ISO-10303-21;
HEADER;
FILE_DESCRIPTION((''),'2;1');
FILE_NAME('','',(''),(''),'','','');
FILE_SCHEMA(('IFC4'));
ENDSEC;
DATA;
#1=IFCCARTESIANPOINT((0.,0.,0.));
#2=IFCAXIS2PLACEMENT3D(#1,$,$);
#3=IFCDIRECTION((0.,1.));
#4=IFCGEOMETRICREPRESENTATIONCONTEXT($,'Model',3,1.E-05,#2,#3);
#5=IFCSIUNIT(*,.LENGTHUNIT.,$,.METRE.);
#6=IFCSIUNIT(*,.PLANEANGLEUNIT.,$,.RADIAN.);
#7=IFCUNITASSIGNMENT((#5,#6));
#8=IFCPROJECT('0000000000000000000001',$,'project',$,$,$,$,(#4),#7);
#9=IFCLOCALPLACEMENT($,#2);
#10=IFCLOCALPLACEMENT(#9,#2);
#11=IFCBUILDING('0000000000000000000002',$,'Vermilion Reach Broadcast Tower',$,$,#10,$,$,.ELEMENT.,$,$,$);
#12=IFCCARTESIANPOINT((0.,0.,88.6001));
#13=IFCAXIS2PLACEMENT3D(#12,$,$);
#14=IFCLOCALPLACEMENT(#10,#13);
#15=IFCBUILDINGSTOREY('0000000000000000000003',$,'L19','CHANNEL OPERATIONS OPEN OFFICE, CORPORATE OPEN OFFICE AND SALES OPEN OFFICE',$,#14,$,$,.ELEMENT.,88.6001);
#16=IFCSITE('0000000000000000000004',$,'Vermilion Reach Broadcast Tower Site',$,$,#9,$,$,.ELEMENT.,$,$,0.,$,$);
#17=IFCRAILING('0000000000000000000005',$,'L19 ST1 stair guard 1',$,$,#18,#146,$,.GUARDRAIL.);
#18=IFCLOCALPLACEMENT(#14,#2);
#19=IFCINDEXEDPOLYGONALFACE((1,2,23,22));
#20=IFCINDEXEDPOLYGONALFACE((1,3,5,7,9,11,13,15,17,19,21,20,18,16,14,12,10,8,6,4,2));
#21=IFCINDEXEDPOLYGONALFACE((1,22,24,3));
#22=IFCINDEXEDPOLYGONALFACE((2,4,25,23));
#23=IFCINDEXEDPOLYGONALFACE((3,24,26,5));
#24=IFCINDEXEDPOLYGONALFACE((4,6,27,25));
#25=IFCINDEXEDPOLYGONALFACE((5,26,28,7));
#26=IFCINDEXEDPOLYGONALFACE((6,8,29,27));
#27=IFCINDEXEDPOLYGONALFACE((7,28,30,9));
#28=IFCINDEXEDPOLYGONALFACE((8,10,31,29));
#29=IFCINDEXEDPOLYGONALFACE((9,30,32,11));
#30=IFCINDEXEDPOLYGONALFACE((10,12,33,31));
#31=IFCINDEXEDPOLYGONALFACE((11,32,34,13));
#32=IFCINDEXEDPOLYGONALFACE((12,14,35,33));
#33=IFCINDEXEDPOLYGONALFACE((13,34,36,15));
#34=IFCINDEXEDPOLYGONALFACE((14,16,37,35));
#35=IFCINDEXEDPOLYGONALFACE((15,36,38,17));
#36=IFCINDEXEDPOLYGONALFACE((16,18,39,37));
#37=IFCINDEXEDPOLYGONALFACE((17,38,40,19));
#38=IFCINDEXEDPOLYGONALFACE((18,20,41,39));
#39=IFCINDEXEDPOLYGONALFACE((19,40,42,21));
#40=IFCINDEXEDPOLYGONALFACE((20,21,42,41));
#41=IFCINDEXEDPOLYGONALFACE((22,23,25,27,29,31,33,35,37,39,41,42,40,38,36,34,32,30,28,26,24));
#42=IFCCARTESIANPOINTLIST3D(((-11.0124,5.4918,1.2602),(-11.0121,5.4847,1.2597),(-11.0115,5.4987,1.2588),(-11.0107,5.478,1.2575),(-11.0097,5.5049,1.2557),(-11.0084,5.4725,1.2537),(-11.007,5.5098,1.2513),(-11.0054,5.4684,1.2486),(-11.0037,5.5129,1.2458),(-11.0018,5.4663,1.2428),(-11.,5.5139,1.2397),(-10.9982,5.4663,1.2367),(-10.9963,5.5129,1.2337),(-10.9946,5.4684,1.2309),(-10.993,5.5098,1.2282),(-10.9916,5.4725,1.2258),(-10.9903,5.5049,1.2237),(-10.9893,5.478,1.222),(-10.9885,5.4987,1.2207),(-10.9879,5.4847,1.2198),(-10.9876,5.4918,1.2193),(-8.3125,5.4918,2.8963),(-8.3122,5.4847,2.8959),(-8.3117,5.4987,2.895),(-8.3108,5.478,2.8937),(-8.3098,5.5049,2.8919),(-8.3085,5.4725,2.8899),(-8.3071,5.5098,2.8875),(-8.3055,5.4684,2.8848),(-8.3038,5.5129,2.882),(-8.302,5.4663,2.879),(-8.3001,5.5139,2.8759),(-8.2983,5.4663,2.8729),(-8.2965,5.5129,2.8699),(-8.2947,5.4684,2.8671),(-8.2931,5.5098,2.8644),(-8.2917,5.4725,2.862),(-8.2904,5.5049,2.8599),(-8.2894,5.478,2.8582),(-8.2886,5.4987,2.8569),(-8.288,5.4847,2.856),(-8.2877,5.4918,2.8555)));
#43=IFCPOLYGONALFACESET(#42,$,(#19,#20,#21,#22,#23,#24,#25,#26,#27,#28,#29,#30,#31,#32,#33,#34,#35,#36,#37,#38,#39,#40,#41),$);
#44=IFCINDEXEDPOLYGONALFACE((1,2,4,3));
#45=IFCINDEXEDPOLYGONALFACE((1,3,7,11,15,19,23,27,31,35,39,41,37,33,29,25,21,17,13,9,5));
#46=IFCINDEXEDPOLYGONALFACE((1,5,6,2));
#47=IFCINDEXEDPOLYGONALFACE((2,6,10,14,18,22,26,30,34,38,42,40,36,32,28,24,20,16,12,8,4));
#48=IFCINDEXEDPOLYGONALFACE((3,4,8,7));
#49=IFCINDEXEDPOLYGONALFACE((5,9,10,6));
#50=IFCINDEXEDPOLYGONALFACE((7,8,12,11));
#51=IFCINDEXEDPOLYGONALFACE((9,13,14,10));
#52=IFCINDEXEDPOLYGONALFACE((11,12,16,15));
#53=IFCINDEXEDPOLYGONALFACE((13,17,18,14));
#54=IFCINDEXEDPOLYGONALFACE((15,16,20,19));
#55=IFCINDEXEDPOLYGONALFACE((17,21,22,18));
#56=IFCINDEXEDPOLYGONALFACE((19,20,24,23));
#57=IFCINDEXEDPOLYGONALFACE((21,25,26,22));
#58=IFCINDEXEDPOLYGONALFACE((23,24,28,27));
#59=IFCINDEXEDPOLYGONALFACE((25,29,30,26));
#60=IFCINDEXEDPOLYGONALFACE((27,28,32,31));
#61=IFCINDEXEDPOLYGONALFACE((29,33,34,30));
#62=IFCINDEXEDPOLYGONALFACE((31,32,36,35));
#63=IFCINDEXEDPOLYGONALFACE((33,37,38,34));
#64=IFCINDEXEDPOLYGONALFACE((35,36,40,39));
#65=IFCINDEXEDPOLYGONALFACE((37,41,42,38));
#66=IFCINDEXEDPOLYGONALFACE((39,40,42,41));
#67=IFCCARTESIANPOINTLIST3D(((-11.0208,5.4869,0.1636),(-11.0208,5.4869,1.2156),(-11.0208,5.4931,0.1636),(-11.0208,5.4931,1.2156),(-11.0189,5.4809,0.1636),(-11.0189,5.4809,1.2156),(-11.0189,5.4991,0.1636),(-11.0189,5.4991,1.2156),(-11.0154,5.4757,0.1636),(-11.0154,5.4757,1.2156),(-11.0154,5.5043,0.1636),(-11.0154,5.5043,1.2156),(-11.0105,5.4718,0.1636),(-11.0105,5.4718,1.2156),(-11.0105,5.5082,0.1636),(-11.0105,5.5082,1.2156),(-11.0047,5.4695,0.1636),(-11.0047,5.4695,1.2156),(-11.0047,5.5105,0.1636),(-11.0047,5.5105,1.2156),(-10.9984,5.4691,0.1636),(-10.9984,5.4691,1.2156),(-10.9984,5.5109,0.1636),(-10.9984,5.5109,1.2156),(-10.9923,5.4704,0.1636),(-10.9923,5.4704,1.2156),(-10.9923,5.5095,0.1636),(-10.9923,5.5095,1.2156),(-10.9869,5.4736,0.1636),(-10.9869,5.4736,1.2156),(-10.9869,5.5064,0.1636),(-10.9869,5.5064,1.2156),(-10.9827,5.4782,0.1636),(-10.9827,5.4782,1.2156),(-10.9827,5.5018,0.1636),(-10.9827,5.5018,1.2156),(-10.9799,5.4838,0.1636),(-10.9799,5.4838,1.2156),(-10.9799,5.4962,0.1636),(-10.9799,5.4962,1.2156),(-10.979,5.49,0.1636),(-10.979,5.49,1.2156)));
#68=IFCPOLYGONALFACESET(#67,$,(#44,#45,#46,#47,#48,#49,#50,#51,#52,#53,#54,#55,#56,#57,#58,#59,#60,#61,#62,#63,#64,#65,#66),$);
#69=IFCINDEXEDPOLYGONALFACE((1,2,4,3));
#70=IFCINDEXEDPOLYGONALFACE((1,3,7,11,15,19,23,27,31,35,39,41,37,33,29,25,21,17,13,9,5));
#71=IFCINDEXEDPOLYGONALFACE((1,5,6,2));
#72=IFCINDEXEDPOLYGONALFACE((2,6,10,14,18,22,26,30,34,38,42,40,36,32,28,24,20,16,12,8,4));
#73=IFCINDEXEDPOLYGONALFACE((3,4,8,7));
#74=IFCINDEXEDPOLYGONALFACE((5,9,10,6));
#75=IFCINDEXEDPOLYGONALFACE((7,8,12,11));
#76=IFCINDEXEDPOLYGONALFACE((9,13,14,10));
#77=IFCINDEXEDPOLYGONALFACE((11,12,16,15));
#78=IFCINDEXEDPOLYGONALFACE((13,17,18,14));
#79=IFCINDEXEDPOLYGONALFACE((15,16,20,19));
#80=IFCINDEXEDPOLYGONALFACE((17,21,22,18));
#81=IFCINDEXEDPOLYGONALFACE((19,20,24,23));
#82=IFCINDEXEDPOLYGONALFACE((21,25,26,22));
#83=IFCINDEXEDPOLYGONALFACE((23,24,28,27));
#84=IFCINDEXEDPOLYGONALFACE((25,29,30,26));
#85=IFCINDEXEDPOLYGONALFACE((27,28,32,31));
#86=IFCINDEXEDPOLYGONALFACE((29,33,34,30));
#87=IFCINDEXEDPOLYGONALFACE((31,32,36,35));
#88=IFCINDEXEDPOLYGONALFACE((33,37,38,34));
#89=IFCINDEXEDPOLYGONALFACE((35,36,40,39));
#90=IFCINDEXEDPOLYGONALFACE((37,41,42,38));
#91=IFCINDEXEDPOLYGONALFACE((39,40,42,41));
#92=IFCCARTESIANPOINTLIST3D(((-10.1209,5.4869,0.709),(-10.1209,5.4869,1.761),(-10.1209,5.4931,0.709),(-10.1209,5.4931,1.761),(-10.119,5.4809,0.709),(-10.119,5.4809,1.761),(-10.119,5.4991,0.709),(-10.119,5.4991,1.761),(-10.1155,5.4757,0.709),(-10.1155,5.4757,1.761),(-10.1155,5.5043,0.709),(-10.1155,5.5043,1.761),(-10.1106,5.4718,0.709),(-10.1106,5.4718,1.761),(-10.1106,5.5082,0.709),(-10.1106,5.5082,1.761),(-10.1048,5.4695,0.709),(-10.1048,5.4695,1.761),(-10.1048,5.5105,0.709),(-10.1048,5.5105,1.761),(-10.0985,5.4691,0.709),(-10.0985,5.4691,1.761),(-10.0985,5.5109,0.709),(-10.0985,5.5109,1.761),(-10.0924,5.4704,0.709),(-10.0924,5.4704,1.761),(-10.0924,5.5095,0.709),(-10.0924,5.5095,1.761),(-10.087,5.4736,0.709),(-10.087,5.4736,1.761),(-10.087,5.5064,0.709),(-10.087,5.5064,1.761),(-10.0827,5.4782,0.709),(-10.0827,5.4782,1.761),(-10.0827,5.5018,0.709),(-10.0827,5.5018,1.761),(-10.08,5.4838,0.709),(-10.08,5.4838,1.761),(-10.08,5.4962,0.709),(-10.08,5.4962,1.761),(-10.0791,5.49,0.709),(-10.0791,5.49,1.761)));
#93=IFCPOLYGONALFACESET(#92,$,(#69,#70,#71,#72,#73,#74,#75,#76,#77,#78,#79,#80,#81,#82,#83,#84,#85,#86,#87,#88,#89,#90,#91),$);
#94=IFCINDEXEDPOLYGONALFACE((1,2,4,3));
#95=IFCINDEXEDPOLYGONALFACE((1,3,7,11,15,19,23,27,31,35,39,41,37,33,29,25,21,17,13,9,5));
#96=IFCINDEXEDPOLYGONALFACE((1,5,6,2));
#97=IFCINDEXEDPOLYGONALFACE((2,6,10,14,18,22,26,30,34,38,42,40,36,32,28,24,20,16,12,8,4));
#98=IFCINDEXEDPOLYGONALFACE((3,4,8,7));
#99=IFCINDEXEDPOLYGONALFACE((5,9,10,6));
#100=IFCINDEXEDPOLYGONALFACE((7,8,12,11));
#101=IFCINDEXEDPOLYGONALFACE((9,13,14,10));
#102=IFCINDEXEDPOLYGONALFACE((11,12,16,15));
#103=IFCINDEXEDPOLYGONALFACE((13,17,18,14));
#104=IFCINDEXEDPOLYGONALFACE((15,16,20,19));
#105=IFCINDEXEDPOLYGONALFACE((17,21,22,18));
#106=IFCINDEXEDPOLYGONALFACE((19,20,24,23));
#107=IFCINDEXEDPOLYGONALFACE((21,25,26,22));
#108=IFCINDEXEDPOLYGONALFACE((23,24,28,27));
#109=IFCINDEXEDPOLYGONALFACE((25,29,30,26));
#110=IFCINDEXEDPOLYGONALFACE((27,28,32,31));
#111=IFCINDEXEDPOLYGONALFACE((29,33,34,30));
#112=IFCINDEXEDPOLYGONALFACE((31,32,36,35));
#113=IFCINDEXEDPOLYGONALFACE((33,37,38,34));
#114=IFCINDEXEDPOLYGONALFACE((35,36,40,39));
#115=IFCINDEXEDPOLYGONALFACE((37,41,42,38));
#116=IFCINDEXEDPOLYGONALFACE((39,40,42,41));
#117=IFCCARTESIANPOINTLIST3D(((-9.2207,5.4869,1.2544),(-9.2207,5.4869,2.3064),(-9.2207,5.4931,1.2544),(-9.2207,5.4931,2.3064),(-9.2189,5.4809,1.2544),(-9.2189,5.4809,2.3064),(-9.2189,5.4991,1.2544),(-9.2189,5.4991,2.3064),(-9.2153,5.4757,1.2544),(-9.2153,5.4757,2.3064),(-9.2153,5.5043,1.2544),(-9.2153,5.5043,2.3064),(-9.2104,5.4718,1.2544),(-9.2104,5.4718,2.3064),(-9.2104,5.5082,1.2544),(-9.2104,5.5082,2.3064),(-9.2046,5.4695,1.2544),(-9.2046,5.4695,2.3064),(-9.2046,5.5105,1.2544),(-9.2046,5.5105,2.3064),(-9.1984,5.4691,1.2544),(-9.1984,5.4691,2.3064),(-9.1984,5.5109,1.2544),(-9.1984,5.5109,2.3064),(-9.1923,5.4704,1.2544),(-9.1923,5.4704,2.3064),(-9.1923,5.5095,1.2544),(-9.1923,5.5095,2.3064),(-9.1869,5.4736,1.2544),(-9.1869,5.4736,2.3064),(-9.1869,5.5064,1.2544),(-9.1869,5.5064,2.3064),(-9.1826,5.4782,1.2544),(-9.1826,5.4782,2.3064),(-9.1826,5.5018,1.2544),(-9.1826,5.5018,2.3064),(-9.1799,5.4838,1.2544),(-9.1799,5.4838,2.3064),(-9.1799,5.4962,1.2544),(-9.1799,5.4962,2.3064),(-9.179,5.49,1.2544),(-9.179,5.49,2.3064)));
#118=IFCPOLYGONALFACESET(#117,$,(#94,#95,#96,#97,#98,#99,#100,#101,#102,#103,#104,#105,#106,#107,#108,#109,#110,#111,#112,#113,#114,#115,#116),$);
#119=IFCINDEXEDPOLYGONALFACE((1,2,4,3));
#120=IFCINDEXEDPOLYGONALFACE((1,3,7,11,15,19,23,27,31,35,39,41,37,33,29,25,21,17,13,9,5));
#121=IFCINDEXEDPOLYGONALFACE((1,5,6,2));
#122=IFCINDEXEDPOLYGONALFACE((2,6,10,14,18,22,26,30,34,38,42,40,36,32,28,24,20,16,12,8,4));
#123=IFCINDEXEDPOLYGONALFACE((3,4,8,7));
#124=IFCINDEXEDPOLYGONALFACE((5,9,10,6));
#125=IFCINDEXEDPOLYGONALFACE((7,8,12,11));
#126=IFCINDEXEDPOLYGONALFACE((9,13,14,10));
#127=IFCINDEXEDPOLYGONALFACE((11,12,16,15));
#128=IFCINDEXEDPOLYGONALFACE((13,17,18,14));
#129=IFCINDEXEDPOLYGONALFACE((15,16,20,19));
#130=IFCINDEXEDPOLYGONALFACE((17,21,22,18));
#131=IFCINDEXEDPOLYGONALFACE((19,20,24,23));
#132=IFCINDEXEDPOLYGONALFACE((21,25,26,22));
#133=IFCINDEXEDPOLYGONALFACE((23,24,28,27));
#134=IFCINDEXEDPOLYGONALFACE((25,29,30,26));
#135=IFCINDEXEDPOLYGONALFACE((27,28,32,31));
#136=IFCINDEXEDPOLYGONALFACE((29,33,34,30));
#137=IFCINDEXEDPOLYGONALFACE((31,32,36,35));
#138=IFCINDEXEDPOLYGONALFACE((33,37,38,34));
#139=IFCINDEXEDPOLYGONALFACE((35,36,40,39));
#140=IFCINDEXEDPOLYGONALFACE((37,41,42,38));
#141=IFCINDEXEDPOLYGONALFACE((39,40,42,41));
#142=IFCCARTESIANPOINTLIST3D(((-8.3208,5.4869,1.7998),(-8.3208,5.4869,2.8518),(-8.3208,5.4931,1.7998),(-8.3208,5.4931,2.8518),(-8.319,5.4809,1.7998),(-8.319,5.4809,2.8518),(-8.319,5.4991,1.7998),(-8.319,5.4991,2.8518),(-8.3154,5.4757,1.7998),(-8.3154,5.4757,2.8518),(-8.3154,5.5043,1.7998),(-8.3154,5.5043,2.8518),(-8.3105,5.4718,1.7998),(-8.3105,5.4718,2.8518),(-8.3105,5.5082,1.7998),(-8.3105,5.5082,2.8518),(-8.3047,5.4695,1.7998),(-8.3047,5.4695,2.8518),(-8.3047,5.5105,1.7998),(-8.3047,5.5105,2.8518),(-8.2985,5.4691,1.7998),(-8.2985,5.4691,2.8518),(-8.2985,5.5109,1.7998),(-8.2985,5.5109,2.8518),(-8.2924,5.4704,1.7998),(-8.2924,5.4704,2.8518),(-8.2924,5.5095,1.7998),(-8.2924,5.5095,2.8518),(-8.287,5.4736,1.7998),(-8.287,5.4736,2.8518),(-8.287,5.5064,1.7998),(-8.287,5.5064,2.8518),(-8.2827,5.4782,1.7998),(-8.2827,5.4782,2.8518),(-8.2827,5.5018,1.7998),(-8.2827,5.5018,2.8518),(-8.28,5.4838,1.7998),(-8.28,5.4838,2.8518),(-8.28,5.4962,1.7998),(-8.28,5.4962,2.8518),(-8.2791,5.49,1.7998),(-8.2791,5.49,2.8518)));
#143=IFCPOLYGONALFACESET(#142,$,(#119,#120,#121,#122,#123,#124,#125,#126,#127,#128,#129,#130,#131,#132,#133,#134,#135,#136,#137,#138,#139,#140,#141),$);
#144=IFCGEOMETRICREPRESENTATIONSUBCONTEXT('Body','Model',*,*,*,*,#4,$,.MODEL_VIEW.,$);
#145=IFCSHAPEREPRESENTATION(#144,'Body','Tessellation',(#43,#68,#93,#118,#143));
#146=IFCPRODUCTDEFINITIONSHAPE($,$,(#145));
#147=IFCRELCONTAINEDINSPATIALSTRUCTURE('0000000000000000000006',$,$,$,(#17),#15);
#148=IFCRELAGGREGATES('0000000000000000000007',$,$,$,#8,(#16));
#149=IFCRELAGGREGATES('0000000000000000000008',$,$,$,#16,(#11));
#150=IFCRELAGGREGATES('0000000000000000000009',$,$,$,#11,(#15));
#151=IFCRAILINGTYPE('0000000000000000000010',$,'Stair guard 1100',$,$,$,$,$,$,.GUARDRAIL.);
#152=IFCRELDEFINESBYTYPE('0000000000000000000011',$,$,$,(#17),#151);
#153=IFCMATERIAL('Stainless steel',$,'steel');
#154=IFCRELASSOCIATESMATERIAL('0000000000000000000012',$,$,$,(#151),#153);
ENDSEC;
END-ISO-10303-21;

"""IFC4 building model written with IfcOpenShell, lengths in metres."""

from ifc_helpers import new_model, si_unit, direction, frame, origin, origin_2d, place, context, subcontext, project, spatial, circle, extrude, material, type_object, element, save


model = new_model("IFC4")

# Units and contexts
model_context = context("Model", 3, precision=1e-05, world=origin(), true_north=direction((0.0, 1.0)))
body_context = subcontext(model_context, "Body", "Model", "MODEL_VIEW")
ifc_project = project(units=[si_unit("LENGTHUNIT", "METRE"), si_unit("PLANEANGLEUNIT", "RADIAN")], contexts=[model_context])

# Site, building, storey
site_placement = place(None, origin())
site = spatial("IfcSite", under=ifc_project, at=site_placement, Name="Vermilion Reach Broadcast Tower Site", CompositionType="ELEMENT", RefElevation=0.0)
building_placement = place(site_placement, origin())
building = spatial("IfcBuilding", under=site, at=building_placement, Name="Vermilion Reach Broadcast Tower", CompositionType="ELEMENT")
storey_placement = place(building_placement, frame((0.0, 0.0, 88.6001)))
storey = spatial("IfcBuildingStorey", under=building, at=storey_placement, Name="L19", Description="CHANNEL OPERATIONS OPEN OFFICE, CORPORATE OPEN OFFICE AND SALES OPEN OFFICE", CompositionType="ELEMENT", Elevation=88.6001)

# Railing
ifc_material_1 = material(Name="Stainless steel", Category="steel")
railing_type_1 = type_object("IfcRailingType", Name="Stair guard 1100", PredefinedType="GUARDRAIL", material=ifc_material_1)
railing_1_placement = place(storey_placement, frame((-11.0, 5.49, 0.1636)))
element("IfcRailing", 1, at=railing_1_placement, inside=storey, type_object=railing_type_1, Name="L19 ST1 stair guard 1", PredefinedType="GUARDRAIL", context=body_context, shape_type="SweptSolid", body=[
    extrude(circle(Radius=0.0239, at=origin_2d()), frame((0.0, 0.0, 1.0762), z_axis=(0.855212, 0.0, 0.518278), x_axis=(0.0, 1.0, 0.0)), (0.0, 0.0, 1.0), 3.157),
    extrude(circle(Radius=0.021, at=origin_2d()), origin(), (0.0, 0.0, 1.0), 1.052),
    extrude(circle(Radius=0.021, at=origin_2d()), frame((0.8999, 0.0, 0.5454)), (0.0, 0.0, 1.0), 1.052),
    extrude(circle(Radius=0.021, at=origin_2d()), frame((1.8, 0.0, 1.0908)), (0.0, 0.0, 1.0), 1.052),
    extrude(circle(Radius=0.021, at=origin_2d()), frame((2.7, 0.0, 1.6362)), (0.0, 0.0, 1.0), 1.052),
])

save(model, "model.ifc")
